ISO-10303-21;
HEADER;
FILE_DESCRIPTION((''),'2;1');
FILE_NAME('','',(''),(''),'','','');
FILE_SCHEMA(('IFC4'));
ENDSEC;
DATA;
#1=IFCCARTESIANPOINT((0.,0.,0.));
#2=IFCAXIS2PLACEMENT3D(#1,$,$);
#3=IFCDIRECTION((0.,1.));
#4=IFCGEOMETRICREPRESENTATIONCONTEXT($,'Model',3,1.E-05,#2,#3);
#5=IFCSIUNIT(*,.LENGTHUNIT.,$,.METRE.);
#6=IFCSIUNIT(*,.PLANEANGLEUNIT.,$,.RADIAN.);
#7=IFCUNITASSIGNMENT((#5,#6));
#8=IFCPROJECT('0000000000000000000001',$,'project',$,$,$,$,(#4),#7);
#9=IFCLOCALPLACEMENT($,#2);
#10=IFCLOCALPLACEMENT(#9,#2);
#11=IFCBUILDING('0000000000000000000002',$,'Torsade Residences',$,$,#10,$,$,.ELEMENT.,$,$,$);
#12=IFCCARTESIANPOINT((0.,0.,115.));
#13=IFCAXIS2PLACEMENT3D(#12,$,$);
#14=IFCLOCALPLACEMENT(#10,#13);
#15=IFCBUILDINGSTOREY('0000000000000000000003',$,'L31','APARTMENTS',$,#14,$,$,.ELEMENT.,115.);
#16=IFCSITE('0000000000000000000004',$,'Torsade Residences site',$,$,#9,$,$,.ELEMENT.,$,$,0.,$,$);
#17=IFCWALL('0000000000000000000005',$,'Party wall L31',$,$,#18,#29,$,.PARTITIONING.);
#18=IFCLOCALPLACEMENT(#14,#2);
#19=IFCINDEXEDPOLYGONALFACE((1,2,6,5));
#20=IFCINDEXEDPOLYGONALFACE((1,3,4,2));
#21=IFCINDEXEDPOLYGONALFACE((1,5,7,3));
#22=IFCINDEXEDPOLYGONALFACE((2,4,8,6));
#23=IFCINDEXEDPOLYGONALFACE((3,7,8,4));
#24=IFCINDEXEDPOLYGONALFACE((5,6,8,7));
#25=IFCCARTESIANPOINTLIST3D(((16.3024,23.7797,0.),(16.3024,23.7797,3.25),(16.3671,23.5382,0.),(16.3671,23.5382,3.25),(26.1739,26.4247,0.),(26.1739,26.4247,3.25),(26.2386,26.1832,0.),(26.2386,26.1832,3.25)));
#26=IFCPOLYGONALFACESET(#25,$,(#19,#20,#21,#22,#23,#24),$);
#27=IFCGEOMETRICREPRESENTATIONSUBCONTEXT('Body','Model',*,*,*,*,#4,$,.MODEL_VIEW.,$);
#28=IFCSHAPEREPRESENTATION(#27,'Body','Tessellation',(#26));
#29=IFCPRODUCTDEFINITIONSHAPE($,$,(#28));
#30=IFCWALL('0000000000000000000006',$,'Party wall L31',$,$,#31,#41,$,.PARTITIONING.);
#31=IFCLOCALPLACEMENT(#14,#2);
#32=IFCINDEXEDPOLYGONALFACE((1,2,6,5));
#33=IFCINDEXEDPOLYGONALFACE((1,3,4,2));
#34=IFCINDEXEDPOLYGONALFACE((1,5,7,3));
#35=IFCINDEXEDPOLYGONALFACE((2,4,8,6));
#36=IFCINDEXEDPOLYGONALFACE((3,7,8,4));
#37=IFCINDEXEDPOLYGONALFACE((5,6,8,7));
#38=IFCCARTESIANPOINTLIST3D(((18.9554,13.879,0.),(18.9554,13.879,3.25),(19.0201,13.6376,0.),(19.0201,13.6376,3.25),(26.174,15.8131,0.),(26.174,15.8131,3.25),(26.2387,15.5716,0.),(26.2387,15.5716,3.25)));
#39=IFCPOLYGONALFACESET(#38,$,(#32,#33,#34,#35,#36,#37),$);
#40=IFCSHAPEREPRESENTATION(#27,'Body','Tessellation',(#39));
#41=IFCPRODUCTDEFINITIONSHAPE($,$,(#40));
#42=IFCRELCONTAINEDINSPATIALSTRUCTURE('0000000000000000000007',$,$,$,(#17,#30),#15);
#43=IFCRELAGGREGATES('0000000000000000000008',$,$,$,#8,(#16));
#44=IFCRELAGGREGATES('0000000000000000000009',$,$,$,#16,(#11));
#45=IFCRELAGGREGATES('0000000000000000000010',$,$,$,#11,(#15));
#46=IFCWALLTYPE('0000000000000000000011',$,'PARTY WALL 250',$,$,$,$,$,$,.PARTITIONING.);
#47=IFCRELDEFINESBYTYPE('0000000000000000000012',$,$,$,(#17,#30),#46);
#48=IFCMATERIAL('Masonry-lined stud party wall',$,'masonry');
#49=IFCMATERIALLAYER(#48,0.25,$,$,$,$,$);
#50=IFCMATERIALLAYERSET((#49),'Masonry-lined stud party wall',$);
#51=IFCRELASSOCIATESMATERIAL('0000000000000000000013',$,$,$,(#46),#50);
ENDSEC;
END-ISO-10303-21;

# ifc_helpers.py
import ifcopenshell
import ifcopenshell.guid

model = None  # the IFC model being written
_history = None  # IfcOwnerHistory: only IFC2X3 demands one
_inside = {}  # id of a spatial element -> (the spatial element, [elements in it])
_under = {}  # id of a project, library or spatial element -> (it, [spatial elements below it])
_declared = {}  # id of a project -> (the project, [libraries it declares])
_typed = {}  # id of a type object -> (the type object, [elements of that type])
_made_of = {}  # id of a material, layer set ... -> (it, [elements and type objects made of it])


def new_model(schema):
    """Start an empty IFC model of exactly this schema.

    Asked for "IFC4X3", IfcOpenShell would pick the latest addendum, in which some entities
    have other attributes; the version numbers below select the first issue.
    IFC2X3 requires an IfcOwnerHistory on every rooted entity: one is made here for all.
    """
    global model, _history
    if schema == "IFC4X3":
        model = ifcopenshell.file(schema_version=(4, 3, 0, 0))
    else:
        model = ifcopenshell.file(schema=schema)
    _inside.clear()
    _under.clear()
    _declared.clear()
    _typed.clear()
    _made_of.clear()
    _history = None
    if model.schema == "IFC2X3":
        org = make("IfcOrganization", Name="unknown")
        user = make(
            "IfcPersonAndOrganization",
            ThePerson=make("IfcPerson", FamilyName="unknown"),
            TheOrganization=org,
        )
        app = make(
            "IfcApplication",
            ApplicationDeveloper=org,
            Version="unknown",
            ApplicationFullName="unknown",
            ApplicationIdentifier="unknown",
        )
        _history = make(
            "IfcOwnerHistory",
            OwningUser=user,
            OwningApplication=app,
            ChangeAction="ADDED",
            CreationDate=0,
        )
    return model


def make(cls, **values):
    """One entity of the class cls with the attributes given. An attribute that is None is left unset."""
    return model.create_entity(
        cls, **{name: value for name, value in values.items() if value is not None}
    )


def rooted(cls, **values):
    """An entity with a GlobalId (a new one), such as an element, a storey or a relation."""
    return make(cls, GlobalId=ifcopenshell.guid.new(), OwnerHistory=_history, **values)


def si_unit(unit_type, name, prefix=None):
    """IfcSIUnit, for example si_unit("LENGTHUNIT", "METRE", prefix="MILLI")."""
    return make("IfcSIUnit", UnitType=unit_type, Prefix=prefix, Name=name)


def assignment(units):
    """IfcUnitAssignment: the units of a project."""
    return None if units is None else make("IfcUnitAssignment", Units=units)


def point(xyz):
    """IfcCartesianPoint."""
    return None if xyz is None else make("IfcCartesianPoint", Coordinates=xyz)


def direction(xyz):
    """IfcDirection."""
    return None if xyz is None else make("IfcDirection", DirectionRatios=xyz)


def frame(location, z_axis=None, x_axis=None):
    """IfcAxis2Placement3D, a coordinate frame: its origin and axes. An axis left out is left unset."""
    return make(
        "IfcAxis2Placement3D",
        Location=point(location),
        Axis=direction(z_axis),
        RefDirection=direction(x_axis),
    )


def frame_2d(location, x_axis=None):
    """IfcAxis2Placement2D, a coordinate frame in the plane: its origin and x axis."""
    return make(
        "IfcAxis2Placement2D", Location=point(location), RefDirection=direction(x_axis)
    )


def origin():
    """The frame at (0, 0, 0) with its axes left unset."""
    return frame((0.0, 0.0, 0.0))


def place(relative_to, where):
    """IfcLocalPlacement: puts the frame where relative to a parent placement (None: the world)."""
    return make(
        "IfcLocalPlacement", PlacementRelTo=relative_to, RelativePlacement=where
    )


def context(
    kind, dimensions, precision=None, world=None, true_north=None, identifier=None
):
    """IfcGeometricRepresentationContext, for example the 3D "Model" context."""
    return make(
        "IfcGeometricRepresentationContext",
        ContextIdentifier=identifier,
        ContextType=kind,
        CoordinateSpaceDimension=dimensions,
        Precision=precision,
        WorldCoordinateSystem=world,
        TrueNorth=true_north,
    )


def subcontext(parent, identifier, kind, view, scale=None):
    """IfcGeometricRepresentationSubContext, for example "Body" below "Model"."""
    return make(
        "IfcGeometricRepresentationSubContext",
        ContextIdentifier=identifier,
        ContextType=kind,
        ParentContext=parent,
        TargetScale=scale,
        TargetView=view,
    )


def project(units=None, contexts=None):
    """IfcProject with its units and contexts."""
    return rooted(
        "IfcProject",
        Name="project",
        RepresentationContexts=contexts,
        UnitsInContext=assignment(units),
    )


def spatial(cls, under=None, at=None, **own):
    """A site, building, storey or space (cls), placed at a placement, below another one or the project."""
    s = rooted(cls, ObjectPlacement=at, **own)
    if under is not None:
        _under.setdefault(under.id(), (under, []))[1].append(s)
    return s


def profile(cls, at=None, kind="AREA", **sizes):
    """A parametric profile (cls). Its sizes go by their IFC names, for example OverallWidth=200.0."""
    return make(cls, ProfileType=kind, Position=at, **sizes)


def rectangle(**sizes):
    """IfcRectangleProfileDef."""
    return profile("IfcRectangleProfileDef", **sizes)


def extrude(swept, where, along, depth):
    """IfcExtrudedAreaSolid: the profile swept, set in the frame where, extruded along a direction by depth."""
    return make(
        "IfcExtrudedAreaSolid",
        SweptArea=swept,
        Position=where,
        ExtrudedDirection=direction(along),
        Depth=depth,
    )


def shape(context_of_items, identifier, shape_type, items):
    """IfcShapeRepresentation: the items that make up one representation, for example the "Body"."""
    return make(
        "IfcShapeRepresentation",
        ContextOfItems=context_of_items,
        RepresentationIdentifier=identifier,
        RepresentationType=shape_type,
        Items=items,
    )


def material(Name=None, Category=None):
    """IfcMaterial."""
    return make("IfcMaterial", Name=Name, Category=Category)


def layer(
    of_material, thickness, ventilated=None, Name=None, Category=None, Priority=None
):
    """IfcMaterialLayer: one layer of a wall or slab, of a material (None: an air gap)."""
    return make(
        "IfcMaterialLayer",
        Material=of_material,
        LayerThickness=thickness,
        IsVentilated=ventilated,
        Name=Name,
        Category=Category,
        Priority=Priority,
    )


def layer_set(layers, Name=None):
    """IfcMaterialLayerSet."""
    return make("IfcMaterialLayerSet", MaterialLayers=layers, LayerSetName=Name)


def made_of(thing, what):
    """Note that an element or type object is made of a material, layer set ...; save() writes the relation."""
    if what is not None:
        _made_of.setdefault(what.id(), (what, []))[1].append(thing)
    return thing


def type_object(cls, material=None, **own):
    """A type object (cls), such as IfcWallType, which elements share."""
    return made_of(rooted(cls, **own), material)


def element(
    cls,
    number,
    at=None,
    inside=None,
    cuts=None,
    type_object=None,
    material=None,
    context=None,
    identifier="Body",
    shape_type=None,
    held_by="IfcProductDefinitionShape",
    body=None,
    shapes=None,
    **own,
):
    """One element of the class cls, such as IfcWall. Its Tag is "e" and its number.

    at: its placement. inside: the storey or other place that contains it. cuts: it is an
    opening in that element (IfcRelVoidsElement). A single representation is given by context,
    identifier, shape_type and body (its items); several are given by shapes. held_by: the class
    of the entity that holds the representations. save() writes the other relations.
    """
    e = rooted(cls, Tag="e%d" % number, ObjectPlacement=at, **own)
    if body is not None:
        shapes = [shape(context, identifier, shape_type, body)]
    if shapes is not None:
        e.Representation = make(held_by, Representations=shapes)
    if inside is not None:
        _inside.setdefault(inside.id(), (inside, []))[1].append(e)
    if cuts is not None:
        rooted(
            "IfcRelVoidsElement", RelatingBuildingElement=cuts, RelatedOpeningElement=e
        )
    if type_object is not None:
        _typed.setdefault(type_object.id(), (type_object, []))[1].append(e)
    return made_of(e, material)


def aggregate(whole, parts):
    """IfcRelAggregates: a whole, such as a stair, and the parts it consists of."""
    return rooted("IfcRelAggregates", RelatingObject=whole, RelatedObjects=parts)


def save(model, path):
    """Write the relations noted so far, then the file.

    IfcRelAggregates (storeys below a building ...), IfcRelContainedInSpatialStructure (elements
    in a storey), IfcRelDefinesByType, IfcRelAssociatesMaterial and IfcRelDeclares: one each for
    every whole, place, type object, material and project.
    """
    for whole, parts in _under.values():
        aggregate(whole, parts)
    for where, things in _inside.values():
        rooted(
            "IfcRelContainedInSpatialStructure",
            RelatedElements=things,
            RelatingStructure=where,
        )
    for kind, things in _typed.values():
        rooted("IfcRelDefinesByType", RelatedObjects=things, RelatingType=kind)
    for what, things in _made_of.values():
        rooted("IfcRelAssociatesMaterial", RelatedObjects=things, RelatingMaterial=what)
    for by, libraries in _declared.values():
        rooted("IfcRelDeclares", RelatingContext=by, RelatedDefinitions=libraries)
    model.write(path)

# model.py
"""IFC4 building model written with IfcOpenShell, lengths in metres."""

from ifc_helpers import new_model, si_unit, direction, frame, frame_2d, origin, place, context, subcontext, project, spatial, rectangle, extrude, material, layer, layer_set, type_object, element, save


model = new_model("IFC4")

# Units and contexts
model_context = context("Model", 3, precision=1e-05, world=origin(), true_north=direction((0.0, 1.0)))
body_context = subcontext(model_context, "Body", "Model", "MODEL_VIEW")
ifc_project = project(units=[si_unit("LENGTHUNIT", "METRE"), si_unit("PLANEANGLEUNIT", "RADIAN")], contexts=[model_context])

# Site, building, storey
site_placement = place(None, origin())
site = spatial("IfcSite", under=ifc_project, at=site_placement, Name="Torsade Residences site", CompositionType="ELEMENT", RefElevation=0.0)
building_placement = place(site_placement, origin())
building = spatial("IfcBuilding", under=site, at=building_placement, Name="Torsade Residences", CompositionType="ELEMENT")
storey_placement = place(building_placement, frame((0.0, 0.0, 115.0)))
storey = spatial("IfcBuildingStorey", under=building, at=storey_placement, Name="L31", Description="APARTMENTS", CompositionType="ELEMENT", Elevation=115.0)

# Walls
ifc_material_1 = material(Name="Masonry-lined stud party wall", Category="masonry")
ifc_layer_1 = layer(ifc_material_1, 0.25)
ifc_layer_set_1 = layer_set([ifc_layer_1], Name="Masonry-lined stud party wall")
wall_type_1 = type_object("IfcWallType", Name="PARTY WALL 250", PredefinedType="PARTITIONING", material=ifc_layer_set_1)
wall_1_placement = place(storey_placement, frame((16.3347, 23.6589, 0.0), z_axis=(0.0, 0.0, 1.0), x_axis=(0.965927, 0.258813, 0.0)))
element("IfcWall", 1, at=wall_1_placement, inside=storey, type_object=wall_type_1, Name="Party wall L31", PredefinedType="PARTITIONING", context=body_context, shape_type="SweptSolid", body=[
    extrude(rectangle(XDim=10.2197, YDim=0.25, at=frame_2d((5.1099, 0.0))), origin(), (0.0, 0.0, 1.0), 3.25),
])
wall_2_placement = place(storey_placement, frame((18.9878, 13.7583, 0.0), z_axis=(0.0, 0.0, 1.0), x_axis=(0.96593, 0.258805, 0.0)))
element("IfcWall", 2, at=wall_2_placement, inside=storey, type_object=wall_type_1, Name="Party wall L31", PredefinedType="PARTITIONING", context=body_context, shape_type="SweptSolid", body=[
    extrude(rectangle(XDim=7.4731, YDim=0.25, at=frame_2d((3.7366, 0.0))), origin(), (0.0, 0.0, 1.0), 3.25),
])

save(model, "model.ifc")
